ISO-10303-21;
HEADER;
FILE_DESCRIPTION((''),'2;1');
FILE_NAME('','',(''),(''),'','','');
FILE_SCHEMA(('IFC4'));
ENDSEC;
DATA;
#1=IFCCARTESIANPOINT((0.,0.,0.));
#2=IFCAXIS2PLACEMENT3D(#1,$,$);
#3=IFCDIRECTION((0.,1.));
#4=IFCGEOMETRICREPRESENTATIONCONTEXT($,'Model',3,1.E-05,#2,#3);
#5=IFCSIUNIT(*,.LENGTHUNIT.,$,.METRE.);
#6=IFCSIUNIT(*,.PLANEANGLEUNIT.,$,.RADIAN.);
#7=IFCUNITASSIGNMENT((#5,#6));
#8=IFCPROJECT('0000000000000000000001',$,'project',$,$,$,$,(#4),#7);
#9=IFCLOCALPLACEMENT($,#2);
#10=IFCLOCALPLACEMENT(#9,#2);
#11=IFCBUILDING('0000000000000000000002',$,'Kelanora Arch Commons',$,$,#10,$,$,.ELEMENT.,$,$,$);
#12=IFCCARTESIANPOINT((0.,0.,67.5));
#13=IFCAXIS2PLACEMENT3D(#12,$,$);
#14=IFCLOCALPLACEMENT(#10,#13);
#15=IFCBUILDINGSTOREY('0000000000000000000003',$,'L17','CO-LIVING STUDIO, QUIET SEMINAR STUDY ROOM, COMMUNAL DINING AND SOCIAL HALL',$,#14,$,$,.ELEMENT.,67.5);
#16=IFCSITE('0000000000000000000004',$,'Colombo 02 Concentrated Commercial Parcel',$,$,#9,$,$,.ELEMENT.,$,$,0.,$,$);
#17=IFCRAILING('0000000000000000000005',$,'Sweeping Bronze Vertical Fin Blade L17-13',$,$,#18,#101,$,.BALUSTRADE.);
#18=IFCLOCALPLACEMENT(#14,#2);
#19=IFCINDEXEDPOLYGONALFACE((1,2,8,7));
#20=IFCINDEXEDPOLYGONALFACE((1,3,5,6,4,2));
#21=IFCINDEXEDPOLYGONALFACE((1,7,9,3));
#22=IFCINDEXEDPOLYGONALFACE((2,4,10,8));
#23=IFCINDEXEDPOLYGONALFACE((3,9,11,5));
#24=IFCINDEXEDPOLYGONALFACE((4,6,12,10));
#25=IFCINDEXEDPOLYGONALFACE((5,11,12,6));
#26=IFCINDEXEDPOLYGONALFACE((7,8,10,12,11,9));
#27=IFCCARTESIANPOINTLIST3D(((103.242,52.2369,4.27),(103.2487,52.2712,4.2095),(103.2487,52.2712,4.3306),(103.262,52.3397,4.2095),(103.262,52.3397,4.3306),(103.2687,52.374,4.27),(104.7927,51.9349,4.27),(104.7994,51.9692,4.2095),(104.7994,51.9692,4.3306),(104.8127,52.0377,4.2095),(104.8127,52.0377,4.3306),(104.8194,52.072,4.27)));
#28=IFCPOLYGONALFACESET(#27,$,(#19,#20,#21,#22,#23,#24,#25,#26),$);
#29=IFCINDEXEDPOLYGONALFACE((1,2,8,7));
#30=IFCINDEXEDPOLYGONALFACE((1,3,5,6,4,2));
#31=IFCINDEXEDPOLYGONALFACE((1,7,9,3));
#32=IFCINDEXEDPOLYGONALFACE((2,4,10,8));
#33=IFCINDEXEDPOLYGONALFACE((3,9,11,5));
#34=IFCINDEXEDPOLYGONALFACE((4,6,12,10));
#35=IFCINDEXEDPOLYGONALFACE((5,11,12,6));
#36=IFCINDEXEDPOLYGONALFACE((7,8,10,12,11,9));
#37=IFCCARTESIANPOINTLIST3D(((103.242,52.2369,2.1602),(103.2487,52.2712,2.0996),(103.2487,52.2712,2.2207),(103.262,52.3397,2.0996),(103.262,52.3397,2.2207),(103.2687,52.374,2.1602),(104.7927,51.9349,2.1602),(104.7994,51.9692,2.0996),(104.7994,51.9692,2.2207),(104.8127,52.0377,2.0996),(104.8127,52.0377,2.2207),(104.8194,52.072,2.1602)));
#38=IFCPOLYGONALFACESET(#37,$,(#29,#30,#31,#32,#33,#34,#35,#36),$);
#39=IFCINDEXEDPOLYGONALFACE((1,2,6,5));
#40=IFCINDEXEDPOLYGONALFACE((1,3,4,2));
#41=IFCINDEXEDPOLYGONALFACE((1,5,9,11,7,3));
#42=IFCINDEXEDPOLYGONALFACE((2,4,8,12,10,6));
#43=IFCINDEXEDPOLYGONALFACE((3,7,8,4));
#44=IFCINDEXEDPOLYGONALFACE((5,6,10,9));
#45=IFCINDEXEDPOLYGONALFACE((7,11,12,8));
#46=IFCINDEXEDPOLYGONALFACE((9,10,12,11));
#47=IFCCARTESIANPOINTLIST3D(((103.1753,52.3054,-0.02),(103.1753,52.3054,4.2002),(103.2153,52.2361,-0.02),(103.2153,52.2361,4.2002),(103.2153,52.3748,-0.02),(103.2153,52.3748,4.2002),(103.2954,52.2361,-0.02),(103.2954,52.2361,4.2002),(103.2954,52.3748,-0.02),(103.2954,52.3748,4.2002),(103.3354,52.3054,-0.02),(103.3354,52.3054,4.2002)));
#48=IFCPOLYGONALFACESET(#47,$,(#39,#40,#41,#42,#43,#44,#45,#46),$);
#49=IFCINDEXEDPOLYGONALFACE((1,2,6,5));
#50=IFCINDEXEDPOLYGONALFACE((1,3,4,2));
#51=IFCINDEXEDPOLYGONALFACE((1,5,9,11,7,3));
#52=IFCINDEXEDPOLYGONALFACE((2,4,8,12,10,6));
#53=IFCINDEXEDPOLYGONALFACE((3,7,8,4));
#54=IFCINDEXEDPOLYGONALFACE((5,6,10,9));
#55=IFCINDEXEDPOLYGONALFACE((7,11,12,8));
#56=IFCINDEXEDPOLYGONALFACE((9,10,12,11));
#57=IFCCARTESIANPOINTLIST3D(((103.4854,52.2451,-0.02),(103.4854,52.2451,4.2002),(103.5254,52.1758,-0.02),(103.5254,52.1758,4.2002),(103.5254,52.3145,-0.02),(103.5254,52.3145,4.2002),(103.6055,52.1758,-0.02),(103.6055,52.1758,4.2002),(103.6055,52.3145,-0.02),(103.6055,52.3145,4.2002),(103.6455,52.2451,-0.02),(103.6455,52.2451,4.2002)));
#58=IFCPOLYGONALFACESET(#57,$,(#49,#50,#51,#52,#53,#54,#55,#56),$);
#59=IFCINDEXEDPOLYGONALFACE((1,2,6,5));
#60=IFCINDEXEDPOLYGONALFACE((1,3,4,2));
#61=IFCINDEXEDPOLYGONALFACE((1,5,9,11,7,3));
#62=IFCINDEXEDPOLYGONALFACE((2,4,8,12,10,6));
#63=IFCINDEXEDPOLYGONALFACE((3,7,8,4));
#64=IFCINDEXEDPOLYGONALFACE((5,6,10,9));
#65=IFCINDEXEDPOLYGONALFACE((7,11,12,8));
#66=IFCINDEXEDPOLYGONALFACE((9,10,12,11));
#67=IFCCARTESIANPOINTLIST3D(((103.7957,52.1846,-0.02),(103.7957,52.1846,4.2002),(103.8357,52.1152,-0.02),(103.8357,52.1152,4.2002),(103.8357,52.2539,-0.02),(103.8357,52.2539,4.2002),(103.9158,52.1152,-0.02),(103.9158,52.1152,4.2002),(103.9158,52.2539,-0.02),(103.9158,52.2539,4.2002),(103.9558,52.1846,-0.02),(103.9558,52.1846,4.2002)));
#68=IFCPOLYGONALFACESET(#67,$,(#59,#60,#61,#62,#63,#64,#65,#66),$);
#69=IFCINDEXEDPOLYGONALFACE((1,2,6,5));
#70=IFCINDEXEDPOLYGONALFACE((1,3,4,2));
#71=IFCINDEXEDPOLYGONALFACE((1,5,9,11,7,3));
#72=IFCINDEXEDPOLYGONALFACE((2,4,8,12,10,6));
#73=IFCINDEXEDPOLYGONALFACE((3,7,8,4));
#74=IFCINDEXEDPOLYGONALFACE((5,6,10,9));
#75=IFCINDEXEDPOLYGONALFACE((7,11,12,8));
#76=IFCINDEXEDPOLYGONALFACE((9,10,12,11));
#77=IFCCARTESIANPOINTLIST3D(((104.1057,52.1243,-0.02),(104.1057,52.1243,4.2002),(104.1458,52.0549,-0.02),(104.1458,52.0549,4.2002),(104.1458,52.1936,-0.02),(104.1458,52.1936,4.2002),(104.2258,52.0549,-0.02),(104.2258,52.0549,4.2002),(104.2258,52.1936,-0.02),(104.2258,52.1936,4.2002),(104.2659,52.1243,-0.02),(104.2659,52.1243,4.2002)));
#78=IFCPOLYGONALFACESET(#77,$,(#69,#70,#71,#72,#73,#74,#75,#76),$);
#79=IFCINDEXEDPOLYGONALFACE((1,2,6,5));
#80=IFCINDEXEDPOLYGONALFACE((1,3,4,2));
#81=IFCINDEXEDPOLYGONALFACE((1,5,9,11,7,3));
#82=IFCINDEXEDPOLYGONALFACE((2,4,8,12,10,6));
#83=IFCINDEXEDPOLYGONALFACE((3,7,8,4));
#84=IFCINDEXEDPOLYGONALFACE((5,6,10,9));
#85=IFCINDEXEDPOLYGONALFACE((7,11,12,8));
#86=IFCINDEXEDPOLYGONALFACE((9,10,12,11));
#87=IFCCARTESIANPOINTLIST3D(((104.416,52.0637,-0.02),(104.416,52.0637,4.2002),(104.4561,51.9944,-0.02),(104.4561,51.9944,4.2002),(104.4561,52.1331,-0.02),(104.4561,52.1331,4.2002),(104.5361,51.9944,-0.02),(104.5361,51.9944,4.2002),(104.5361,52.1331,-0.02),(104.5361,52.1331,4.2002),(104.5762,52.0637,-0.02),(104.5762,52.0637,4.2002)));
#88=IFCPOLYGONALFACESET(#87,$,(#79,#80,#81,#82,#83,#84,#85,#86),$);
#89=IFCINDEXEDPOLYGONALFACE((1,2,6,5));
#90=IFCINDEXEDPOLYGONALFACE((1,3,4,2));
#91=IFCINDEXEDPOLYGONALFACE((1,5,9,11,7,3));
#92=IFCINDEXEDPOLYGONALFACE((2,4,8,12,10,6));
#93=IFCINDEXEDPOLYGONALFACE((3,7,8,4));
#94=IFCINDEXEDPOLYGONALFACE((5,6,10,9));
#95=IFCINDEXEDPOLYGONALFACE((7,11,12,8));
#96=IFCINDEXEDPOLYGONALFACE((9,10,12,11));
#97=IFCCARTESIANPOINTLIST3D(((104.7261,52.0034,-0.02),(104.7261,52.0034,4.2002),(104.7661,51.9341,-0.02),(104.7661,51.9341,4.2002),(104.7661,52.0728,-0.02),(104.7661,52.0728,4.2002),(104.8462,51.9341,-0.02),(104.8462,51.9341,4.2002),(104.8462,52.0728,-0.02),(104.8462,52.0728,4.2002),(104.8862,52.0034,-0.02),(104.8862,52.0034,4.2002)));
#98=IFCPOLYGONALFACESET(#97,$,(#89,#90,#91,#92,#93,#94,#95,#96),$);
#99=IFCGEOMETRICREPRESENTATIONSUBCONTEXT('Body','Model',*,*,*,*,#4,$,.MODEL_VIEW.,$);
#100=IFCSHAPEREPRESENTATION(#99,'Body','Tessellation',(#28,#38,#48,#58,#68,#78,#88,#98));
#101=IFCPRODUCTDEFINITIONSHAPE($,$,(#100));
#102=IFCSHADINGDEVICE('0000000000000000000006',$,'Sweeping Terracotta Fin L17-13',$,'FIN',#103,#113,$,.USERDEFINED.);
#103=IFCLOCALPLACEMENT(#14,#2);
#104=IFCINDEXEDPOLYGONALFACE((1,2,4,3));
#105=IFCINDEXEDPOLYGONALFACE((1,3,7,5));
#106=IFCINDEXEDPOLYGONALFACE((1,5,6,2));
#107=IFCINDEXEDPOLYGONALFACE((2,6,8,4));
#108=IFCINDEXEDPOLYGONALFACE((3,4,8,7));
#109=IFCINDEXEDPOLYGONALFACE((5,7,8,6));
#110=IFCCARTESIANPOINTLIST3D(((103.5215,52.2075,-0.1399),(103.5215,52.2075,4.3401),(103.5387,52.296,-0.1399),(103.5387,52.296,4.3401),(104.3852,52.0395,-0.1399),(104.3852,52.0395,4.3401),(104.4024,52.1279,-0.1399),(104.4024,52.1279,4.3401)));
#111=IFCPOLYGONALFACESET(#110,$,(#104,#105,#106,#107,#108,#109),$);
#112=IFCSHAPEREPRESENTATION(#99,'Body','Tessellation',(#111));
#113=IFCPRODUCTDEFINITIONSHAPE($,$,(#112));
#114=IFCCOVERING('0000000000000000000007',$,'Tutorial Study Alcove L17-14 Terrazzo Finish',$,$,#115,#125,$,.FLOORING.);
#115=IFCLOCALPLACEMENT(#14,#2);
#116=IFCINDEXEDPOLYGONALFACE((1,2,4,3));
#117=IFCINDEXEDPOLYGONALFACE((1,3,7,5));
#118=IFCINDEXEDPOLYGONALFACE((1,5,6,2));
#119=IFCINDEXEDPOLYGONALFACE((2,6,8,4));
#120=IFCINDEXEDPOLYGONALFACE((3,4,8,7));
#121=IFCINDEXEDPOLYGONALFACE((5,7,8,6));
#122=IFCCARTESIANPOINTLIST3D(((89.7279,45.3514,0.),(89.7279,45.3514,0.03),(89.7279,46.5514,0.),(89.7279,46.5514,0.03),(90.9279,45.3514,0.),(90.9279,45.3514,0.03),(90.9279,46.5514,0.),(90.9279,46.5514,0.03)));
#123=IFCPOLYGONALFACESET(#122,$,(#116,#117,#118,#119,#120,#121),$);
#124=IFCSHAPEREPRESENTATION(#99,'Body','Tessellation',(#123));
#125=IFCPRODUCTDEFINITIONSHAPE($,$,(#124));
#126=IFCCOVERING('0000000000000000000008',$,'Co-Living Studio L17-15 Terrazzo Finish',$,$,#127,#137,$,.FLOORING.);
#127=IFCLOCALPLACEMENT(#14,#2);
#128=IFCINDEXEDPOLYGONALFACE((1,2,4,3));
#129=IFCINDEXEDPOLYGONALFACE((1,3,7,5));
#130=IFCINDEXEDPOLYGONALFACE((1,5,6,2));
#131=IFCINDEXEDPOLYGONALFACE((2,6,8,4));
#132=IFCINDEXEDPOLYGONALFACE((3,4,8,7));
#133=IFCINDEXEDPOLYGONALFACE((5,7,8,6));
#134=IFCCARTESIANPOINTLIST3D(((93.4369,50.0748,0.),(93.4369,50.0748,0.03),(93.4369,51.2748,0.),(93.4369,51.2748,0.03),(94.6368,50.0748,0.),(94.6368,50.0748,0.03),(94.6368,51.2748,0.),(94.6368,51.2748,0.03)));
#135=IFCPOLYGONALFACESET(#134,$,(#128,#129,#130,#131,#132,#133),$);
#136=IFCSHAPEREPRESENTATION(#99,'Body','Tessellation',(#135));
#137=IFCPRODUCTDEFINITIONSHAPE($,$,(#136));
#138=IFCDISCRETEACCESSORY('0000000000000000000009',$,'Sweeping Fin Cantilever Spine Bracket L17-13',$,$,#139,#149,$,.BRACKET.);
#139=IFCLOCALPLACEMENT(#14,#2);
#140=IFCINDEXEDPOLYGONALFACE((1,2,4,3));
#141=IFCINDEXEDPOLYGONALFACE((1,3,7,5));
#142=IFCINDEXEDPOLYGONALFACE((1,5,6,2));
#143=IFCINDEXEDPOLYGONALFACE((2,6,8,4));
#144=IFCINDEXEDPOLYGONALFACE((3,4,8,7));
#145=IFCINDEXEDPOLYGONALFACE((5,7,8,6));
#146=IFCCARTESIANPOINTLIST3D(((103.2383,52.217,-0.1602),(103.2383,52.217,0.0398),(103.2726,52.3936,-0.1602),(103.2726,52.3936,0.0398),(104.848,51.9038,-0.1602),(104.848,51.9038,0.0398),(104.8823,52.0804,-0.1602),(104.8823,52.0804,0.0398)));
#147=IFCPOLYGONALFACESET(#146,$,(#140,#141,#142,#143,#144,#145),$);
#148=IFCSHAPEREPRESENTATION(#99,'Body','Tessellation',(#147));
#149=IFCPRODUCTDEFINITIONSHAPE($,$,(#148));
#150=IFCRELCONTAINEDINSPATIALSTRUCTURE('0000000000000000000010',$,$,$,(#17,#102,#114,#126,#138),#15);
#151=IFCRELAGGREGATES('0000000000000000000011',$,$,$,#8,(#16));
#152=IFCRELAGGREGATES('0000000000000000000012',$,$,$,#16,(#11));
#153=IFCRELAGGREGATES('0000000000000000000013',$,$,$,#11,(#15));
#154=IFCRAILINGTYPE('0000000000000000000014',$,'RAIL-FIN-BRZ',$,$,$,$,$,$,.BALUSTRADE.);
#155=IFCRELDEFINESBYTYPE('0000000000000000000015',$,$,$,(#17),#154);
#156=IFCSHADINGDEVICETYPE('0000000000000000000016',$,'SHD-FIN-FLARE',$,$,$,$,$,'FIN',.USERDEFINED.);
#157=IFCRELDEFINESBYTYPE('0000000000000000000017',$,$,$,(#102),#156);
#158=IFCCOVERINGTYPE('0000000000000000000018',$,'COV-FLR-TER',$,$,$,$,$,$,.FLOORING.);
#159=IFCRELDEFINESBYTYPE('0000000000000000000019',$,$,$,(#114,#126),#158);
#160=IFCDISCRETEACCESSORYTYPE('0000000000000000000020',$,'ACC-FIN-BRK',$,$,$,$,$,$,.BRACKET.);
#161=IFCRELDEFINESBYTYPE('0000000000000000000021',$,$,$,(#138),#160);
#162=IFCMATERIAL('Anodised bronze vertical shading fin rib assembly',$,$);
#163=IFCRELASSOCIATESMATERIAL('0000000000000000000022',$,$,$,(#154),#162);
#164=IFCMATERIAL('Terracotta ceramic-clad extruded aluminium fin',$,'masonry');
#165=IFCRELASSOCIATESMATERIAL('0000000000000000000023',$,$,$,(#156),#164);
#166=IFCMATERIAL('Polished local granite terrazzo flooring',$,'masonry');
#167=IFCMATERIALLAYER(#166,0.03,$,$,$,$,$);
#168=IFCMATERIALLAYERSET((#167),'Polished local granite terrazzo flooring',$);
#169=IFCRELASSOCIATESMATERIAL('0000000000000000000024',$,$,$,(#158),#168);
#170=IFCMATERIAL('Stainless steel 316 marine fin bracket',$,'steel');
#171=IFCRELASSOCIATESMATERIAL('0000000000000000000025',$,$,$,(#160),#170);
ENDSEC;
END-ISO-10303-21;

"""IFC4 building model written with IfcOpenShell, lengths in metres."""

from ifc_helpers import new_model, si_unit, direction, frame, origin, origin_2d, place, context, subcontext, project, spatial, polyline, rectangle, outline, extrude, source, transform, mapped, material, layer, layer_set, type_object, element, save


model = new_model("IFC4")

# Units and contexts
model_context = context("Model", 3, precision=1e-05, world=origin(), true_north=direction((0.0, 1.0)))
body_context = subcontext(model_context, "Body", "Model", "MODEL_VIEW")
ifc_project = project(units=[si_unit("LENGTHUNIT", "METRE"), si_unit("PLANEANGLEUNIT", "RADIAN")], contexts=[model_context])

# Site, building, storey
site_placement = place(None, origin())
site = spatial("IfcSite", under=ifc_project, at=site_placement, Name="Colombo 02 Concentrated Commercial Parcel", CompositionType="ELEMENT", RefElevation=0.0)
building_placement = place(site_placement, origin())
building = spatial("IfcBuilding", under=site, at=building_placement, Name="Kelanora Arch Commons", CompositionType="ELEMENT")
storey_placement = place(building_placement, frame((0.0, 0.0, 67.5)))
storey = spatial("IfcBuildingStorey", under=building, at=storey_placement, Name="L17", Description="CO-LIVING STUDIO, QUIET SEMINAR STUDY ROOM, COMMUNAL DINING AND SOCIAL HALL", CompositionType="ELEMENT", Elevation=67.5)

# Railing
ifc_material_1 = material(Name="Anodised bronze vertical shading fin rib assembly")
railing_type = type_object("IfcRailingType", Name="RAIL-FIN-BRZ", PredefinedType="BALUSTRADE", material=ifc_material_1)
railing_placement = place(storey_placement, frame((103.2554, 52.3054, -0.02)))
element("IfcRailing", 1, at=railing_placement, inside=storey, type_object=railing_type, Name="Sweeping Bronze Vertical Fin Blade L17-13", PredefinedType="BALUSTRADE", context=body_context, shape_type="SweptSolid", body=[
    extrude(outline(polyline([(0.0698, 0.0), (0.0349, 0.0605), (-0.0349, 0.0605), (-0.0698, 0.0), (-0.0349, -0.0605), (0.0349, -0.0605), (0.0698, 0.0)])), frame((0.0, 0.0, 4.29), z_axis=(0.981561, -0.191151, 0.0), x_axis=(0.191151, 0.981561, 0.0)), (0.0, 0.0, 1.0), 1.5798),
    extrude(outline(polyline([(0.0698, 0.0), (0.0349, 0.0605), (-0.0349, 0.0605), (-0.0698, 0.0), (-0.0349, -0.0605), (0.0349, -0.0605), (0.0698, 0.0)])), frame((0.0, 0.0, 2.1802), z_axis=(0.981561, -0.191151, 0.0), x_axis=(0.191151, 0.981561, 0.0)), (0.0, 0.0, 1.0), 1.5798),
    extrude(outline(polyline([(0.0801, 0.0), (0.04, 0.0693), (-0.04, 0.0693), (-0.0801, 0.0), (-0.04, -0.0693), (0.04, -0.0693), (0.0801, 0.0)])), origin(), (0.0, 0.0, 1.0), 4.2202),
    extrude(outline(polyline([(0.0801, 0.0), (0.04, 0.0693), (-0.04, 0.0693), (-0.0801, 0.0), (-0.04, -0.0693), (0.04, -0.0693), (0.0801, 0.0)])), frame((0.3101, -0.0603, 0.0)), (0.0, 0.0, 1.0), 4.2202),
    extrude(outline(polyline([(0.0801, 0.0), (0.04, 0.0693), (-0.04, 0.0693), (-0.0801, 0.0), (-0.04, -0.0693), (0.04, -0.0693), (0.0801, 0.0)])), frame((0.6204, -0.1208, 0.0)), (0.0, 0.0, 1.0), 4.2202),
    extrude(outline(polyline([(0.0801, 0.0), (0.04, 0.0693), (-0.04, 0.0693), (-0.0801, 0.0), (-0.04, -0.0693), (0.04, -0.0693), (0.0801, 0.0)])), frame((0.9304, -0.1812, 0.0)), (0.0, 0.0, 1.0), 4.2202),
    extrude(outline(polyline([(0.0801, 0.0), (0.04, 0.0693), (-0.04, 0.0693), (-0.0801, 0.0), (-0.04, -0.0693), (0.04, -0.0693), (0.0801, 0.0)])), frame((1.2407, -0.2417, 0.0)), (0.0, 0.0, 1.0), 4.2202),
    extrude(outline(polyline([(0.0801, 0.0), (0.04, 0.0693), (-0.04, 0.0693), (-0.0801, 0.0), (-0.04, -0.0693), (0.04, -0.0693), (0.0801, 0.0)])), frame((1.5508, -0.302, 0.0)), (0.0, 0.0, 1.0), 4.2202),
])

# Shading device
ifc_material_2 = material(Name="Terracotta ceramic-clad extruded aluminium fin", Category="masonry")
shading_device_type = type_object("IfcShadingDeviceType", Name="SHD-FIN-FLARE", ElementType="FIN", PredefinedType="USERDEFINED", material=ifc_material_2)
shared_shape_1 = source(origin(), body_context, "Body", "SweptSolid", [
    extrude(rectangle(XDim=0.8799, YDim=0.0901, at=origin_2d()), origin(), (0.0, 0.0, 1.0), 4.48),
])
shading_device_placement = place(storey_placement, frame((103.9619, 52.1677, -0.1399), z_axis=(0.0, 0.0, 1.0), x_axis=(0.981594, -0.19098, 0.0)))
element("IfcShadingDevice", 2, at=shading_device_placement, inside=storey, type_object=shading_device_type, Name="Sweeping Terracotta Fin L17-13", ObjectType="FIN", PredefinedType="USERDEFINED", context=body_context, shape_type="MappedRepresentation", body=[
    mapped(shared_shape_1, transform((0.0, 0.0, 0.0), scale=1.0)),
])

# Coverings
ifc_material_3 = material(Name="Polished local granite terrazzo flooring", Category="masonry")
ifc_layer_1 = layer(ifc_material_3, 0.03)
ifc_layer_set_1 = layer_set([ifc_layer_1], Name="Polished local granite terrazzo flooring")
covering_type = type_object("IfcCoveringType", Name="COV-FLR-TER", PredefinedType="FLOORING", material=ifc_layer_set_1)
shared_shape_2 = source(origin(), body_context, "Body", "SweptSolid", [
    extrude(rectangle(XDim=1.2, YDim=1.2, at=origin_2d()), origin(), (0.0, 0.0, 1.0), 0.03),
])
for number, where, z_axis, x_axis, name in (
    (3, (90.3279, 45.9514, 0.0), (0.0, 0.0, 1.0), (1.0, 0.0, 0.0), "Tutorial Study Alcove L17-14 Terrazzo Finish"),
    (4, (94.0369, 50.6748, 0.0), (0.0, 0.0, 1.0), (1.0, 0.0, 0.0), "Co-Living Studio L17-15 Terrazzo Finish"),
):
    element("IfcCovering", number, at=place(storey_placement, frame(where, z_axis=z_axis, x_axis=x_axis)), inside=storey, type_object=covering_type, Name=name, PredefinedType="FLOORING", context=body_context, shape_type="MappedRepresentation", body=[
        mapped(shared_shape_2, transform((0.0, 0.0, 0.0), scale=1.0)),
    ])

# Discrete accessory
ifc_material_4 = material(Name="Stainless steel 316 marine fin bracket", Category="steel")
discrete_accessory_type = type_object("IfcDiscreteAccessoryType", Name="ACC-FIN-BRK", PredefinedType="BRACKET", material=ifc_material_4)
shared_shape_3 = source(origin(), body_context, "Body", "SweptSolid", [
    extrude(rectangle(XDim=1.6399, YDim=0.1799, at=origin_2d()), origin(), (0.0, 0.0, 1.0), 0.2),
])
discrete_accessory_placement = place(storey_placement, frame((104.0603, 52.1487, -0.1602), z_axis=(0.0, 0.0, 1.0), x_axis=(0.981594, -0.19098, 0.0)))
element("IfcDiscreteAccessory", 5, at=discrete_accessory_placement, inside=storey, type_object=discrete_accessory_type, Name="Sweeping Fin Cantilever Spine Bracket L17-13", PredefinedType="BRACKET", context=body_context, shape_type="MappedRepresentation", body=[
    mapped(shared_shape_3, transform((0.0, 0.0, 0.0), scale=1.0)),
])

save(model, "model.ifc")
